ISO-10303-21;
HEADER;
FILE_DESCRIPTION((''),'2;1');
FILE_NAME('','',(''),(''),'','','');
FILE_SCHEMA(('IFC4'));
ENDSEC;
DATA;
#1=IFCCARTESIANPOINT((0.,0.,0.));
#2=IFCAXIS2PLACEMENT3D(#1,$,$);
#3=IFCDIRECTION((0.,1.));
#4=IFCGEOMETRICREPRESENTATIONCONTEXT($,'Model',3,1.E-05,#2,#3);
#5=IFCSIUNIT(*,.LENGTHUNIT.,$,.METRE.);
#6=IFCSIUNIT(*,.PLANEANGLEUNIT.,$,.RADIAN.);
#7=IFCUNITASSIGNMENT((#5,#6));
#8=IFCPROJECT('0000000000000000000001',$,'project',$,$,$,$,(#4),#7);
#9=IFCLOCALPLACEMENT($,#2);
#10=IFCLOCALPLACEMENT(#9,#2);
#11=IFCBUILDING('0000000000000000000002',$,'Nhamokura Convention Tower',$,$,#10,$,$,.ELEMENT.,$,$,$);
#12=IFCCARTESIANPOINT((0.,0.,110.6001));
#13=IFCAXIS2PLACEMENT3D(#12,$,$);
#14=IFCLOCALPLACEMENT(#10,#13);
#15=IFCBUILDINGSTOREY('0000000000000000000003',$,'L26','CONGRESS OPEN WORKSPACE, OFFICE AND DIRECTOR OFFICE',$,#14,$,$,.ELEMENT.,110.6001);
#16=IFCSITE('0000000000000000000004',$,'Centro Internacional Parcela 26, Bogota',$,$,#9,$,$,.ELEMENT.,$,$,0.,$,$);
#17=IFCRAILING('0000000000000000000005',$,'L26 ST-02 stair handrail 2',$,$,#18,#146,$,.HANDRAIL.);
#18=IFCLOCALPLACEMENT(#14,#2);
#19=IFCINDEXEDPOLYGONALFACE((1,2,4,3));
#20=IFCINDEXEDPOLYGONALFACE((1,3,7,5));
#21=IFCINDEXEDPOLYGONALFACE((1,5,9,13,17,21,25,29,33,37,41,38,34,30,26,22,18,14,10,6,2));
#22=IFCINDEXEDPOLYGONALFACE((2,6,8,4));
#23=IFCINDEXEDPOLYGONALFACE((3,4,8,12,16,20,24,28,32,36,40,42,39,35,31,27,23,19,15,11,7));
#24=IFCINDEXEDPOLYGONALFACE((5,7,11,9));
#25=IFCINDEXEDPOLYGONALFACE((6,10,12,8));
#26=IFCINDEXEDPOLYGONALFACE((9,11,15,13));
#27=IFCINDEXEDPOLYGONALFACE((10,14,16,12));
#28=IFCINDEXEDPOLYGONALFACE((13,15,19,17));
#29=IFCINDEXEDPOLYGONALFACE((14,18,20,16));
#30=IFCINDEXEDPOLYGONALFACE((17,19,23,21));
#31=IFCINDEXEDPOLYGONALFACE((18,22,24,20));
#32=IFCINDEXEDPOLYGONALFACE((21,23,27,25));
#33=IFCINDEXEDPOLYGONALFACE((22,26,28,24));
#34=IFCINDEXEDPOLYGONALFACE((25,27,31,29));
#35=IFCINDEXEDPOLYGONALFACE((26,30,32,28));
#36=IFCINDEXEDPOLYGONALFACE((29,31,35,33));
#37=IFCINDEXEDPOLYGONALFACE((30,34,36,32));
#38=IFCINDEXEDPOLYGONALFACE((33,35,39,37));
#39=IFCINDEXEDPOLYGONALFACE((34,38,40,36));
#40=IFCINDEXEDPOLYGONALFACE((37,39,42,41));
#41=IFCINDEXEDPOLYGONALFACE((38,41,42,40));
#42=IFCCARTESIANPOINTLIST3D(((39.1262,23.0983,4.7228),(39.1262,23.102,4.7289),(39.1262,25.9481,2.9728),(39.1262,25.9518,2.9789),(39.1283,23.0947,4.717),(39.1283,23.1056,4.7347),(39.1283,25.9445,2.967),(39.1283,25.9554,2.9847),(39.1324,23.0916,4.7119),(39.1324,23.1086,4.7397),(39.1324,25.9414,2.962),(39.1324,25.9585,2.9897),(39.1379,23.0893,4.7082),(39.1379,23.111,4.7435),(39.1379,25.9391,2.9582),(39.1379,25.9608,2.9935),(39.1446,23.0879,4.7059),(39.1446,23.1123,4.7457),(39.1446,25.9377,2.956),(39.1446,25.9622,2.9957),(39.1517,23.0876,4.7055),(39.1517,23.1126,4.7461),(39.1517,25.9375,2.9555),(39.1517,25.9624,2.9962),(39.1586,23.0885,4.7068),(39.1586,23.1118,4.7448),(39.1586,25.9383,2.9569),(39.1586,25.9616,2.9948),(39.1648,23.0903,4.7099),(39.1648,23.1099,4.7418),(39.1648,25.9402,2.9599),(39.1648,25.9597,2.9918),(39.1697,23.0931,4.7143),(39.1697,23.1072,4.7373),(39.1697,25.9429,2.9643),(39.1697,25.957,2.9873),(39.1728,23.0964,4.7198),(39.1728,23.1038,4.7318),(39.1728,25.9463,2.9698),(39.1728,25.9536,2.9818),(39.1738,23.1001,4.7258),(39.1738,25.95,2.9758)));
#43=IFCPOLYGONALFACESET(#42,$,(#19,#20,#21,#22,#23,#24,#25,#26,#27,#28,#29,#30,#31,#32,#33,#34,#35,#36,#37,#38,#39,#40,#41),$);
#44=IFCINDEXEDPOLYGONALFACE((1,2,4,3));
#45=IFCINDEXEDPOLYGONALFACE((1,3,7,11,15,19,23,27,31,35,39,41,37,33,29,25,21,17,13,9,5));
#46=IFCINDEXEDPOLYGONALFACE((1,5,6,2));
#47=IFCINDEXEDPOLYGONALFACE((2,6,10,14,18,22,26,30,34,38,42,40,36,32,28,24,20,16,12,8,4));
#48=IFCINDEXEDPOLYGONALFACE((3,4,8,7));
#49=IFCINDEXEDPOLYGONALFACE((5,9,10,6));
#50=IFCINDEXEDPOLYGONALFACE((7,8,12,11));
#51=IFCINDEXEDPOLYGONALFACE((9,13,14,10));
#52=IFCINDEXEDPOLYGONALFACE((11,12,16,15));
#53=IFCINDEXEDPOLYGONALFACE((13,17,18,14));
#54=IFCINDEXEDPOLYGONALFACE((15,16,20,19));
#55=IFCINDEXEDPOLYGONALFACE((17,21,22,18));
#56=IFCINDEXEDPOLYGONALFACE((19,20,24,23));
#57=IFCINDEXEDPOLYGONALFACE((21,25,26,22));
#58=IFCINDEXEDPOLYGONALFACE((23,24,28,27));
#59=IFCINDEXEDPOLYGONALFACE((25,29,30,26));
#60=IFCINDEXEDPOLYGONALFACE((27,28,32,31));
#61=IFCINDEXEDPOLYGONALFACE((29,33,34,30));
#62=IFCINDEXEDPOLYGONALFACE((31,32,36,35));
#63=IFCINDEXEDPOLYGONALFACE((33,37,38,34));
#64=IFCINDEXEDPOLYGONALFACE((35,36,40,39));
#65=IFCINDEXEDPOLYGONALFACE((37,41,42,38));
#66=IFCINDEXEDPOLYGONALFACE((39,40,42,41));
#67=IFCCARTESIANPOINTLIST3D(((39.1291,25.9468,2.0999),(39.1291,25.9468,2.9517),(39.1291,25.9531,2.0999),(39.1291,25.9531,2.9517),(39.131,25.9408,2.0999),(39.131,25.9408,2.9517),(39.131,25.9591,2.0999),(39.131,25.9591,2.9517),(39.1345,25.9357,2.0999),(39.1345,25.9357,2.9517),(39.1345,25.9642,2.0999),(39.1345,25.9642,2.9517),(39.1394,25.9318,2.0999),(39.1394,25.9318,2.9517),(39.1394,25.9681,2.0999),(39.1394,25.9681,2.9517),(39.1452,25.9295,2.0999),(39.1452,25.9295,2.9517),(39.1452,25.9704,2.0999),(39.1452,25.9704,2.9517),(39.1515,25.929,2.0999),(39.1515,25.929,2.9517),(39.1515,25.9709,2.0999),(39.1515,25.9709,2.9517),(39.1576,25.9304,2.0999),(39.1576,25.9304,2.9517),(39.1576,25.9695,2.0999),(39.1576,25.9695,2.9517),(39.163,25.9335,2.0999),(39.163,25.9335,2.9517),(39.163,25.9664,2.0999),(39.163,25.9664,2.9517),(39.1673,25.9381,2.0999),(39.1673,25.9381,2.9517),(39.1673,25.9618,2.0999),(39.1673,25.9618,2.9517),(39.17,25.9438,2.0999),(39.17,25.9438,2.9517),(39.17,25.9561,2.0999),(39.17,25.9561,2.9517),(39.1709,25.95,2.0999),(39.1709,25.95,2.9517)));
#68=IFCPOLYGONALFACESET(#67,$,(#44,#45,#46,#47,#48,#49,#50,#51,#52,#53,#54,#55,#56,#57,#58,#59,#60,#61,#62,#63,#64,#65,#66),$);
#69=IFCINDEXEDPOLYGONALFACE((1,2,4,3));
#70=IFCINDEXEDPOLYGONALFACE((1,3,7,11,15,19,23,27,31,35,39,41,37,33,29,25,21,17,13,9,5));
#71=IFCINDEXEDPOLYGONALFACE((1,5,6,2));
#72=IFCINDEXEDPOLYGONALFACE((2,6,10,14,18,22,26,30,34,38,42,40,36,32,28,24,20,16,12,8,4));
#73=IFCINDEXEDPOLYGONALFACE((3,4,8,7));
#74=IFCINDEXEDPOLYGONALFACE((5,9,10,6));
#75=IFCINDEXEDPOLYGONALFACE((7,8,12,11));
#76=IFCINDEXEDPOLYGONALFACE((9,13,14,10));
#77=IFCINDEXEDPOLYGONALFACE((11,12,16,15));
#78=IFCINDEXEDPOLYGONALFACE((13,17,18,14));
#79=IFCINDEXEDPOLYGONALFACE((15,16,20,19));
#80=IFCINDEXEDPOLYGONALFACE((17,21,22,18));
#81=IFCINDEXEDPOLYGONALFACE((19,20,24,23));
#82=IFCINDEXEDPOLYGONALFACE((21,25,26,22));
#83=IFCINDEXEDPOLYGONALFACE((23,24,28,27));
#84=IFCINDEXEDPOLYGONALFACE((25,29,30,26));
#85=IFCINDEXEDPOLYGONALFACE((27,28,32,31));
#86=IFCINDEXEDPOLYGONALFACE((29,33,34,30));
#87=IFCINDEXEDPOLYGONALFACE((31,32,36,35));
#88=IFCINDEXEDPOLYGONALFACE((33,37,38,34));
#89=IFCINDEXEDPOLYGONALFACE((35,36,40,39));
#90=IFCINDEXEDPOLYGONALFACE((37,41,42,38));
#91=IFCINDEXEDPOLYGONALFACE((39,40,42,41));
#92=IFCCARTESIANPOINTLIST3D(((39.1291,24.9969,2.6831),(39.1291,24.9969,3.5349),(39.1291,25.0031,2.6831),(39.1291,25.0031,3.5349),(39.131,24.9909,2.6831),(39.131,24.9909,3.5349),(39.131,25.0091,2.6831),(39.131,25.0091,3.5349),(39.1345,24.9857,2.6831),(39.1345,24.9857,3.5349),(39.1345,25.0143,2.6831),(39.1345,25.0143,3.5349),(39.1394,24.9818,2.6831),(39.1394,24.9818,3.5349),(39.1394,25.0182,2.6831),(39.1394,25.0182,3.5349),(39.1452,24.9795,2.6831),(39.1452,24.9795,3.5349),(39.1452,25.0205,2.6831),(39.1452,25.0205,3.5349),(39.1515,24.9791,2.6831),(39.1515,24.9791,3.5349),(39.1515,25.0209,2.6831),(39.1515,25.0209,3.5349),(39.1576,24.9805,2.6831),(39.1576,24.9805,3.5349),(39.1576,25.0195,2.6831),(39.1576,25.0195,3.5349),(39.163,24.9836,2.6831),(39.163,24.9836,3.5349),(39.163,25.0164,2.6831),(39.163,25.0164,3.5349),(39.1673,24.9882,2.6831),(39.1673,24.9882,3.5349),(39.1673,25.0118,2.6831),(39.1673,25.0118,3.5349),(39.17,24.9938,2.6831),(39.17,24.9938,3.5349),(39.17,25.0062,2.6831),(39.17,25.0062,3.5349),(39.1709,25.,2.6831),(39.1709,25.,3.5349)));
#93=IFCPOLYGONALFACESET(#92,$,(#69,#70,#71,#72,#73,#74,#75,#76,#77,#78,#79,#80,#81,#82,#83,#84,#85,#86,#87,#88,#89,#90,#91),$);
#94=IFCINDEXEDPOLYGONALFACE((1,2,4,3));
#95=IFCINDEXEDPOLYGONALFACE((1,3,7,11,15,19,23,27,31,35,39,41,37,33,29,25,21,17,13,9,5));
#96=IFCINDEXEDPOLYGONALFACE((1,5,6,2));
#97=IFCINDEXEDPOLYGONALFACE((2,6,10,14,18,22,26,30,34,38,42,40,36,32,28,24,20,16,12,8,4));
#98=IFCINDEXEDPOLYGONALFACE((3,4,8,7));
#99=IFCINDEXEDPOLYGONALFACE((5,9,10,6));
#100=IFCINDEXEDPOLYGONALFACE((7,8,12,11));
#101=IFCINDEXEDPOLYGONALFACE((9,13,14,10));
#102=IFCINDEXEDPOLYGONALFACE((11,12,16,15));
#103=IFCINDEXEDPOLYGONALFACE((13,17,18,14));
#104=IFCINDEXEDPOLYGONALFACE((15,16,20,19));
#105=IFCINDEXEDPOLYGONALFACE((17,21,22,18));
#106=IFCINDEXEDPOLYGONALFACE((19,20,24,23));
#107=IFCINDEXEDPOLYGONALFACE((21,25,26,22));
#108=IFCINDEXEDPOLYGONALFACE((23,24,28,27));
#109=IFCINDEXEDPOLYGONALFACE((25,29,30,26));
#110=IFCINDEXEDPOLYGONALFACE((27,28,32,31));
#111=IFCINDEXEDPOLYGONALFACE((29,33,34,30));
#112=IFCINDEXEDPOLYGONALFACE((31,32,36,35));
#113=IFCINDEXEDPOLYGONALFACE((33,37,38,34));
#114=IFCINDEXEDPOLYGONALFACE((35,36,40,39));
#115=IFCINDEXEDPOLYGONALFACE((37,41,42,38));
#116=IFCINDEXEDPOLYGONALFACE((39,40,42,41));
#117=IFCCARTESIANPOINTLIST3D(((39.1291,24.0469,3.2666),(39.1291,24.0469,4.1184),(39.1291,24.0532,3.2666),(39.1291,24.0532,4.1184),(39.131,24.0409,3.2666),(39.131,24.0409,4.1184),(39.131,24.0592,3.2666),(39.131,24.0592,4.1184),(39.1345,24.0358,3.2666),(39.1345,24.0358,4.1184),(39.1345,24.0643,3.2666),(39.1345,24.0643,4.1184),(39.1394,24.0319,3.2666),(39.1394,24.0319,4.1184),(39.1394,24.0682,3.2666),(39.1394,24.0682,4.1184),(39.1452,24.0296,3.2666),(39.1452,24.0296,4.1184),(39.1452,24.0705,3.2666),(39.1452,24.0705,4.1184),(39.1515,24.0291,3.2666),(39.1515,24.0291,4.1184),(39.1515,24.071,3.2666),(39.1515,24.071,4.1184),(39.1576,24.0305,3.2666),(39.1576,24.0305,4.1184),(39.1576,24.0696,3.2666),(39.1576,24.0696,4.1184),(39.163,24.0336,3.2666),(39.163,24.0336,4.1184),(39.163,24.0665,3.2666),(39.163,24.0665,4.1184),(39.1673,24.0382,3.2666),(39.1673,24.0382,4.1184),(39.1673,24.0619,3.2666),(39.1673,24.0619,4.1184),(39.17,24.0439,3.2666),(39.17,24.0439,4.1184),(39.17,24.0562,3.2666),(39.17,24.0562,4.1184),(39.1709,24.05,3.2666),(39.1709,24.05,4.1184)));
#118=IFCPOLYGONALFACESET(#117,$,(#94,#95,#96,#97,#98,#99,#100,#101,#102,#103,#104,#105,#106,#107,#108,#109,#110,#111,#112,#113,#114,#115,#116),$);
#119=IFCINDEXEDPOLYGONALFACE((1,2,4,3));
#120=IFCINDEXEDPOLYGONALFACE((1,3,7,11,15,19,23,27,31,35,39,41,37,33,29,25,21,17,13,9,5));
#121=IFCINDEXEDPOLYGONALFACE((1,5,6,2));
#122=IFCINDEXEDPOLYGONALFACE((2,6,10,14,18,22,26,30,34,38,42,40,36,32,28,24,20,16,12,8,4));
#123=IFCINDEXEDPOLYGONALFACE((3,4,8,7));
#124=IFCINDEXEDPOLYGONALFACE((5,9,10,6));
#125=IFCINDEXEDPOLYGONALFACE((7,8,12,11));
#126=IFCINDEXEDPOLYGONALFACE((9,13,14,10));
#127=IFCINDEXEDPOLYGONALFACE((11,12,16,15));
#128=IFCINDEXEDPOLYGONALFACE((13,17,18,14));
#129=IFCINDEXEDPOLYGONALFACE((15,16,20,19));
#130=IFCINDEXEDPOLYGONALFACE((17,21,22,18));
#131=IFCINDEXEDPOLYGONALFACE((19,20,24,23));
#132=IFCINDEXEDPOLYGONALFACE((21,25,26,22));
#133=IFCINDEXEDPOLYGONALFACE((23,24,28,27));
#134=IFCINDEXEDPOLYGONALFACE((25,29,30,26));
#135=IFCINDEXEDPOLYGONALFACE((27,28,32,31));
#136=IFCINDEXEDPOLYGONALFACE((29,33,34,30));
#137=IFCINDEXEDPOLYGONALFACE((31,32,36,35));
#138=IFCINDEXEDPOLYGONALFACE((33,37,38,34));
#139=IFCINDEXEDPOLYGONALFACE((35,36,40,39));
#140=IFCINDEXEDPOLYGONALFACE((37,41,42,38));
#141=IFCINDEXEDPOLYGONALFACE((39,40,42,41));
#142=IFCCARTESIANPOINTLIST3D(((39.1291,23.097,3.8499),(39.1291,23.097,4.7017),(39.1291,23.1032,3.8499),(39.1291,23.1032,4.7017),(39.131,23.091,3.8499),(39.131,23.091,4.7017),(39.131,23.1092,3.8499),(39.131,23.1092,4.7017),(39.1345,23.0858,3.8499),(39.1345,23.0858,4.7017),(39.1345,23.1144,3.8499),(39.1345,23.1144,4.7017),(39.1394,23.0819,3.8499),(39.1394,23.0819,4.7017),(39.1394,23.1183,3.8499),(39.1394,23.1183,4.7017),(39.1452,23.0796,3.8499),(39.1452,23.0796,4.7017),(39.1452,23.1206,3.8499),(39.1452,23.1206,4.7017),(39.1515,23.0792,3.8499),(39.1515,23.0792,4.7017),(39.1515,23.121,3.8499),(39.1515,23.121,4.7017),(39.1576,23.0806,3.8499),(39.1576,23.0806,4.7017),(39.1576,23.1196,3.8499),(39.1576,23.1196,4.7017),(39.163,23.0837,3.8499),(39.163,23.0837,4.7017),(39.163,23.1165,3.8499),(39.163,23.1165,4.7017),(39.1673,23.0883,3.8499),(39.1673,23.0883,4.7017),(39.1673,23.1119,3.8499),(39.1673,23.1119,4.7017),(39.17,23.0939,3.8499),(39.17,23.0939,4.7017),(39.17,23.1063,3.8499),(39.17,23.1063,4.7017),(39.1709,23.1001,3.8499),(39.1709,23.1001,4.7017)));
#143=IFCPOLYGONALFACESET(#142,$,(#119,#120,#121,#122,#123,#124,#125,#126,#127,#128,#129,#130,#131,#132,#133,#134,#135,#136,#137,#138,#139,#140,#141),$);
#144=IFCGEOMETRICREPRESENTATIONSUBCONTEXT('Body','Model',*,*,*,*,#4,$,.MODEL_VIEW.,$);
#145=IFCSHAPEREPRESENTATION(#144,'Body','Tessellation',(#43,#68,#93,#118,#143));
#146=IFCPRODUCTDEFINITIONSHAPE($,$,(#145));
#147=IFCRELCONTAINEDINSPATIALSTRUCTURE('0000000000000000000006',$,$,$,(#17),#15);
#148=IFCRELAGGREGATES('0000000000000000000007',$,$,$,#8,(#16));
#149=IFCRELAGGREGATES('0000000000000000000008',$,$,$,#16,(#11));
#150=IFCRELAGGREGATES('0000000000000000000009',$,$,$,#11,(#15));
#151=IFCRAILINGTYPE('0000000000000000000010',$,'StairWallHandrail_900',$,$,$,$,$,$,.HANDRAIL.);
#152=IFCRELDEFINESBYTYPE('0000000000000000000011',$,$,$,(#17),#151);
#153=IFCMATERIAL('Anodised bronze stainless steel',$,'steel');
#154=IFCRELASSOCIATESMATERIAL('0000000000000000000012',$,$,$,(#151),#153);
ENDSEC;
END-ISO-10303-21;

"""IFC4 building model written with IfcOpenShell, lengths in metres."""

from ifc_helpers import new_model, si_unit, direction, frame, origin, origin_2d, place, context, subcontext, project, spatial, circle, extrude, material, type_object, element, save


model = new_model("IFC4")

# Units and contexts
model_context = context("Model", 3, precision=1e-05, world=origin(), true_north=direction((0.0, 1.0)))
body_context = subcontext(model_context, "Body", "Model", "MODEL_VIEW")
ifc_project = project(units=[si_unit("LENGTHUNIT", "METRE"), si_unit("PLANEANGLEUNIT", "RADIAN")], contexts=[model_context])

# Site, building, storey
site_placement = place(None, origin())
site = spatial("IfcSite", under=ifc_project, at=site_placement, Name="Centro Internacional Parcela 26, Bogota", CompositionType="ELEMENT", RefElevation=0.0)
building_placement = place(site_placement, origin())
building = spatial("IfcBuilding", under=site, at=building_placement, Name="Nhamokura Convention Tower", CompositionType="ELEMENT")
storey_placement = place(building_placement, frame((0.0, 0.0, 110.6001)))
storey = spatial("IfcBuildingStorey", under=building, at=storey_placement, Name="L26", Description="CONGRESS OPEN WORKSPACE, OFFICE AND DIRECTOR OFFICE", CompositionType="ELEMENT", Elevation=110.6001)

# Railing
ifc_material_1 = material(Name="Anodised bronze stainless steel", Category="steel")
railing_type_1 = type_object("IfcRailingType", Name="StairWallHandrail_900", PredefinedType="HANDRAIL", material=ifc_material_1)
railing_1_placement = place(storey_placement, frame((39.1499, 25.95, 2.0999)))
element("IfcRailing", 1, at=railing_1_placement, inside=storey, type_object=railing_type_1, Name="L26 ST-02 stair handrail 2", PredefinedType="HANDRAIL", context=body_context, shape_type="SweptSolid", body=[
    extrude(circle(Radius=0.0239, at=origin_2d()), frame((0.0, 0.0, 0.876), z_axis=(0.0, -0.852159, 0.523283), x_axis=(1.0, 0.0, 0.0)), (0.0, 0.0, 1.0), 3.3442),
    extrude(circle(Radius=0.021, at=origin_2d()), origin(), (0.0, 0.0, 1.0), 0.8518),
    extrude(circle(Radius=0.021, at=origin_2d()), frame((0.0, -0.95, 0.5833)), (0.0, 0.0, 1.0), 0.8518),
    extrude(circle(Radius=0.021, at=origin_2d()), frame((0.0, -1.8999, 1.1667)), (0.0, 0.0, 1.0), 0.8518),
    extrude(circle(Radius=0.021, at=origin_2d()), frame((0.0, -2.8499, 1.75)), (0.0, 0.0, 1.0), 0.8518),
])

save(model, "model.ifc")
